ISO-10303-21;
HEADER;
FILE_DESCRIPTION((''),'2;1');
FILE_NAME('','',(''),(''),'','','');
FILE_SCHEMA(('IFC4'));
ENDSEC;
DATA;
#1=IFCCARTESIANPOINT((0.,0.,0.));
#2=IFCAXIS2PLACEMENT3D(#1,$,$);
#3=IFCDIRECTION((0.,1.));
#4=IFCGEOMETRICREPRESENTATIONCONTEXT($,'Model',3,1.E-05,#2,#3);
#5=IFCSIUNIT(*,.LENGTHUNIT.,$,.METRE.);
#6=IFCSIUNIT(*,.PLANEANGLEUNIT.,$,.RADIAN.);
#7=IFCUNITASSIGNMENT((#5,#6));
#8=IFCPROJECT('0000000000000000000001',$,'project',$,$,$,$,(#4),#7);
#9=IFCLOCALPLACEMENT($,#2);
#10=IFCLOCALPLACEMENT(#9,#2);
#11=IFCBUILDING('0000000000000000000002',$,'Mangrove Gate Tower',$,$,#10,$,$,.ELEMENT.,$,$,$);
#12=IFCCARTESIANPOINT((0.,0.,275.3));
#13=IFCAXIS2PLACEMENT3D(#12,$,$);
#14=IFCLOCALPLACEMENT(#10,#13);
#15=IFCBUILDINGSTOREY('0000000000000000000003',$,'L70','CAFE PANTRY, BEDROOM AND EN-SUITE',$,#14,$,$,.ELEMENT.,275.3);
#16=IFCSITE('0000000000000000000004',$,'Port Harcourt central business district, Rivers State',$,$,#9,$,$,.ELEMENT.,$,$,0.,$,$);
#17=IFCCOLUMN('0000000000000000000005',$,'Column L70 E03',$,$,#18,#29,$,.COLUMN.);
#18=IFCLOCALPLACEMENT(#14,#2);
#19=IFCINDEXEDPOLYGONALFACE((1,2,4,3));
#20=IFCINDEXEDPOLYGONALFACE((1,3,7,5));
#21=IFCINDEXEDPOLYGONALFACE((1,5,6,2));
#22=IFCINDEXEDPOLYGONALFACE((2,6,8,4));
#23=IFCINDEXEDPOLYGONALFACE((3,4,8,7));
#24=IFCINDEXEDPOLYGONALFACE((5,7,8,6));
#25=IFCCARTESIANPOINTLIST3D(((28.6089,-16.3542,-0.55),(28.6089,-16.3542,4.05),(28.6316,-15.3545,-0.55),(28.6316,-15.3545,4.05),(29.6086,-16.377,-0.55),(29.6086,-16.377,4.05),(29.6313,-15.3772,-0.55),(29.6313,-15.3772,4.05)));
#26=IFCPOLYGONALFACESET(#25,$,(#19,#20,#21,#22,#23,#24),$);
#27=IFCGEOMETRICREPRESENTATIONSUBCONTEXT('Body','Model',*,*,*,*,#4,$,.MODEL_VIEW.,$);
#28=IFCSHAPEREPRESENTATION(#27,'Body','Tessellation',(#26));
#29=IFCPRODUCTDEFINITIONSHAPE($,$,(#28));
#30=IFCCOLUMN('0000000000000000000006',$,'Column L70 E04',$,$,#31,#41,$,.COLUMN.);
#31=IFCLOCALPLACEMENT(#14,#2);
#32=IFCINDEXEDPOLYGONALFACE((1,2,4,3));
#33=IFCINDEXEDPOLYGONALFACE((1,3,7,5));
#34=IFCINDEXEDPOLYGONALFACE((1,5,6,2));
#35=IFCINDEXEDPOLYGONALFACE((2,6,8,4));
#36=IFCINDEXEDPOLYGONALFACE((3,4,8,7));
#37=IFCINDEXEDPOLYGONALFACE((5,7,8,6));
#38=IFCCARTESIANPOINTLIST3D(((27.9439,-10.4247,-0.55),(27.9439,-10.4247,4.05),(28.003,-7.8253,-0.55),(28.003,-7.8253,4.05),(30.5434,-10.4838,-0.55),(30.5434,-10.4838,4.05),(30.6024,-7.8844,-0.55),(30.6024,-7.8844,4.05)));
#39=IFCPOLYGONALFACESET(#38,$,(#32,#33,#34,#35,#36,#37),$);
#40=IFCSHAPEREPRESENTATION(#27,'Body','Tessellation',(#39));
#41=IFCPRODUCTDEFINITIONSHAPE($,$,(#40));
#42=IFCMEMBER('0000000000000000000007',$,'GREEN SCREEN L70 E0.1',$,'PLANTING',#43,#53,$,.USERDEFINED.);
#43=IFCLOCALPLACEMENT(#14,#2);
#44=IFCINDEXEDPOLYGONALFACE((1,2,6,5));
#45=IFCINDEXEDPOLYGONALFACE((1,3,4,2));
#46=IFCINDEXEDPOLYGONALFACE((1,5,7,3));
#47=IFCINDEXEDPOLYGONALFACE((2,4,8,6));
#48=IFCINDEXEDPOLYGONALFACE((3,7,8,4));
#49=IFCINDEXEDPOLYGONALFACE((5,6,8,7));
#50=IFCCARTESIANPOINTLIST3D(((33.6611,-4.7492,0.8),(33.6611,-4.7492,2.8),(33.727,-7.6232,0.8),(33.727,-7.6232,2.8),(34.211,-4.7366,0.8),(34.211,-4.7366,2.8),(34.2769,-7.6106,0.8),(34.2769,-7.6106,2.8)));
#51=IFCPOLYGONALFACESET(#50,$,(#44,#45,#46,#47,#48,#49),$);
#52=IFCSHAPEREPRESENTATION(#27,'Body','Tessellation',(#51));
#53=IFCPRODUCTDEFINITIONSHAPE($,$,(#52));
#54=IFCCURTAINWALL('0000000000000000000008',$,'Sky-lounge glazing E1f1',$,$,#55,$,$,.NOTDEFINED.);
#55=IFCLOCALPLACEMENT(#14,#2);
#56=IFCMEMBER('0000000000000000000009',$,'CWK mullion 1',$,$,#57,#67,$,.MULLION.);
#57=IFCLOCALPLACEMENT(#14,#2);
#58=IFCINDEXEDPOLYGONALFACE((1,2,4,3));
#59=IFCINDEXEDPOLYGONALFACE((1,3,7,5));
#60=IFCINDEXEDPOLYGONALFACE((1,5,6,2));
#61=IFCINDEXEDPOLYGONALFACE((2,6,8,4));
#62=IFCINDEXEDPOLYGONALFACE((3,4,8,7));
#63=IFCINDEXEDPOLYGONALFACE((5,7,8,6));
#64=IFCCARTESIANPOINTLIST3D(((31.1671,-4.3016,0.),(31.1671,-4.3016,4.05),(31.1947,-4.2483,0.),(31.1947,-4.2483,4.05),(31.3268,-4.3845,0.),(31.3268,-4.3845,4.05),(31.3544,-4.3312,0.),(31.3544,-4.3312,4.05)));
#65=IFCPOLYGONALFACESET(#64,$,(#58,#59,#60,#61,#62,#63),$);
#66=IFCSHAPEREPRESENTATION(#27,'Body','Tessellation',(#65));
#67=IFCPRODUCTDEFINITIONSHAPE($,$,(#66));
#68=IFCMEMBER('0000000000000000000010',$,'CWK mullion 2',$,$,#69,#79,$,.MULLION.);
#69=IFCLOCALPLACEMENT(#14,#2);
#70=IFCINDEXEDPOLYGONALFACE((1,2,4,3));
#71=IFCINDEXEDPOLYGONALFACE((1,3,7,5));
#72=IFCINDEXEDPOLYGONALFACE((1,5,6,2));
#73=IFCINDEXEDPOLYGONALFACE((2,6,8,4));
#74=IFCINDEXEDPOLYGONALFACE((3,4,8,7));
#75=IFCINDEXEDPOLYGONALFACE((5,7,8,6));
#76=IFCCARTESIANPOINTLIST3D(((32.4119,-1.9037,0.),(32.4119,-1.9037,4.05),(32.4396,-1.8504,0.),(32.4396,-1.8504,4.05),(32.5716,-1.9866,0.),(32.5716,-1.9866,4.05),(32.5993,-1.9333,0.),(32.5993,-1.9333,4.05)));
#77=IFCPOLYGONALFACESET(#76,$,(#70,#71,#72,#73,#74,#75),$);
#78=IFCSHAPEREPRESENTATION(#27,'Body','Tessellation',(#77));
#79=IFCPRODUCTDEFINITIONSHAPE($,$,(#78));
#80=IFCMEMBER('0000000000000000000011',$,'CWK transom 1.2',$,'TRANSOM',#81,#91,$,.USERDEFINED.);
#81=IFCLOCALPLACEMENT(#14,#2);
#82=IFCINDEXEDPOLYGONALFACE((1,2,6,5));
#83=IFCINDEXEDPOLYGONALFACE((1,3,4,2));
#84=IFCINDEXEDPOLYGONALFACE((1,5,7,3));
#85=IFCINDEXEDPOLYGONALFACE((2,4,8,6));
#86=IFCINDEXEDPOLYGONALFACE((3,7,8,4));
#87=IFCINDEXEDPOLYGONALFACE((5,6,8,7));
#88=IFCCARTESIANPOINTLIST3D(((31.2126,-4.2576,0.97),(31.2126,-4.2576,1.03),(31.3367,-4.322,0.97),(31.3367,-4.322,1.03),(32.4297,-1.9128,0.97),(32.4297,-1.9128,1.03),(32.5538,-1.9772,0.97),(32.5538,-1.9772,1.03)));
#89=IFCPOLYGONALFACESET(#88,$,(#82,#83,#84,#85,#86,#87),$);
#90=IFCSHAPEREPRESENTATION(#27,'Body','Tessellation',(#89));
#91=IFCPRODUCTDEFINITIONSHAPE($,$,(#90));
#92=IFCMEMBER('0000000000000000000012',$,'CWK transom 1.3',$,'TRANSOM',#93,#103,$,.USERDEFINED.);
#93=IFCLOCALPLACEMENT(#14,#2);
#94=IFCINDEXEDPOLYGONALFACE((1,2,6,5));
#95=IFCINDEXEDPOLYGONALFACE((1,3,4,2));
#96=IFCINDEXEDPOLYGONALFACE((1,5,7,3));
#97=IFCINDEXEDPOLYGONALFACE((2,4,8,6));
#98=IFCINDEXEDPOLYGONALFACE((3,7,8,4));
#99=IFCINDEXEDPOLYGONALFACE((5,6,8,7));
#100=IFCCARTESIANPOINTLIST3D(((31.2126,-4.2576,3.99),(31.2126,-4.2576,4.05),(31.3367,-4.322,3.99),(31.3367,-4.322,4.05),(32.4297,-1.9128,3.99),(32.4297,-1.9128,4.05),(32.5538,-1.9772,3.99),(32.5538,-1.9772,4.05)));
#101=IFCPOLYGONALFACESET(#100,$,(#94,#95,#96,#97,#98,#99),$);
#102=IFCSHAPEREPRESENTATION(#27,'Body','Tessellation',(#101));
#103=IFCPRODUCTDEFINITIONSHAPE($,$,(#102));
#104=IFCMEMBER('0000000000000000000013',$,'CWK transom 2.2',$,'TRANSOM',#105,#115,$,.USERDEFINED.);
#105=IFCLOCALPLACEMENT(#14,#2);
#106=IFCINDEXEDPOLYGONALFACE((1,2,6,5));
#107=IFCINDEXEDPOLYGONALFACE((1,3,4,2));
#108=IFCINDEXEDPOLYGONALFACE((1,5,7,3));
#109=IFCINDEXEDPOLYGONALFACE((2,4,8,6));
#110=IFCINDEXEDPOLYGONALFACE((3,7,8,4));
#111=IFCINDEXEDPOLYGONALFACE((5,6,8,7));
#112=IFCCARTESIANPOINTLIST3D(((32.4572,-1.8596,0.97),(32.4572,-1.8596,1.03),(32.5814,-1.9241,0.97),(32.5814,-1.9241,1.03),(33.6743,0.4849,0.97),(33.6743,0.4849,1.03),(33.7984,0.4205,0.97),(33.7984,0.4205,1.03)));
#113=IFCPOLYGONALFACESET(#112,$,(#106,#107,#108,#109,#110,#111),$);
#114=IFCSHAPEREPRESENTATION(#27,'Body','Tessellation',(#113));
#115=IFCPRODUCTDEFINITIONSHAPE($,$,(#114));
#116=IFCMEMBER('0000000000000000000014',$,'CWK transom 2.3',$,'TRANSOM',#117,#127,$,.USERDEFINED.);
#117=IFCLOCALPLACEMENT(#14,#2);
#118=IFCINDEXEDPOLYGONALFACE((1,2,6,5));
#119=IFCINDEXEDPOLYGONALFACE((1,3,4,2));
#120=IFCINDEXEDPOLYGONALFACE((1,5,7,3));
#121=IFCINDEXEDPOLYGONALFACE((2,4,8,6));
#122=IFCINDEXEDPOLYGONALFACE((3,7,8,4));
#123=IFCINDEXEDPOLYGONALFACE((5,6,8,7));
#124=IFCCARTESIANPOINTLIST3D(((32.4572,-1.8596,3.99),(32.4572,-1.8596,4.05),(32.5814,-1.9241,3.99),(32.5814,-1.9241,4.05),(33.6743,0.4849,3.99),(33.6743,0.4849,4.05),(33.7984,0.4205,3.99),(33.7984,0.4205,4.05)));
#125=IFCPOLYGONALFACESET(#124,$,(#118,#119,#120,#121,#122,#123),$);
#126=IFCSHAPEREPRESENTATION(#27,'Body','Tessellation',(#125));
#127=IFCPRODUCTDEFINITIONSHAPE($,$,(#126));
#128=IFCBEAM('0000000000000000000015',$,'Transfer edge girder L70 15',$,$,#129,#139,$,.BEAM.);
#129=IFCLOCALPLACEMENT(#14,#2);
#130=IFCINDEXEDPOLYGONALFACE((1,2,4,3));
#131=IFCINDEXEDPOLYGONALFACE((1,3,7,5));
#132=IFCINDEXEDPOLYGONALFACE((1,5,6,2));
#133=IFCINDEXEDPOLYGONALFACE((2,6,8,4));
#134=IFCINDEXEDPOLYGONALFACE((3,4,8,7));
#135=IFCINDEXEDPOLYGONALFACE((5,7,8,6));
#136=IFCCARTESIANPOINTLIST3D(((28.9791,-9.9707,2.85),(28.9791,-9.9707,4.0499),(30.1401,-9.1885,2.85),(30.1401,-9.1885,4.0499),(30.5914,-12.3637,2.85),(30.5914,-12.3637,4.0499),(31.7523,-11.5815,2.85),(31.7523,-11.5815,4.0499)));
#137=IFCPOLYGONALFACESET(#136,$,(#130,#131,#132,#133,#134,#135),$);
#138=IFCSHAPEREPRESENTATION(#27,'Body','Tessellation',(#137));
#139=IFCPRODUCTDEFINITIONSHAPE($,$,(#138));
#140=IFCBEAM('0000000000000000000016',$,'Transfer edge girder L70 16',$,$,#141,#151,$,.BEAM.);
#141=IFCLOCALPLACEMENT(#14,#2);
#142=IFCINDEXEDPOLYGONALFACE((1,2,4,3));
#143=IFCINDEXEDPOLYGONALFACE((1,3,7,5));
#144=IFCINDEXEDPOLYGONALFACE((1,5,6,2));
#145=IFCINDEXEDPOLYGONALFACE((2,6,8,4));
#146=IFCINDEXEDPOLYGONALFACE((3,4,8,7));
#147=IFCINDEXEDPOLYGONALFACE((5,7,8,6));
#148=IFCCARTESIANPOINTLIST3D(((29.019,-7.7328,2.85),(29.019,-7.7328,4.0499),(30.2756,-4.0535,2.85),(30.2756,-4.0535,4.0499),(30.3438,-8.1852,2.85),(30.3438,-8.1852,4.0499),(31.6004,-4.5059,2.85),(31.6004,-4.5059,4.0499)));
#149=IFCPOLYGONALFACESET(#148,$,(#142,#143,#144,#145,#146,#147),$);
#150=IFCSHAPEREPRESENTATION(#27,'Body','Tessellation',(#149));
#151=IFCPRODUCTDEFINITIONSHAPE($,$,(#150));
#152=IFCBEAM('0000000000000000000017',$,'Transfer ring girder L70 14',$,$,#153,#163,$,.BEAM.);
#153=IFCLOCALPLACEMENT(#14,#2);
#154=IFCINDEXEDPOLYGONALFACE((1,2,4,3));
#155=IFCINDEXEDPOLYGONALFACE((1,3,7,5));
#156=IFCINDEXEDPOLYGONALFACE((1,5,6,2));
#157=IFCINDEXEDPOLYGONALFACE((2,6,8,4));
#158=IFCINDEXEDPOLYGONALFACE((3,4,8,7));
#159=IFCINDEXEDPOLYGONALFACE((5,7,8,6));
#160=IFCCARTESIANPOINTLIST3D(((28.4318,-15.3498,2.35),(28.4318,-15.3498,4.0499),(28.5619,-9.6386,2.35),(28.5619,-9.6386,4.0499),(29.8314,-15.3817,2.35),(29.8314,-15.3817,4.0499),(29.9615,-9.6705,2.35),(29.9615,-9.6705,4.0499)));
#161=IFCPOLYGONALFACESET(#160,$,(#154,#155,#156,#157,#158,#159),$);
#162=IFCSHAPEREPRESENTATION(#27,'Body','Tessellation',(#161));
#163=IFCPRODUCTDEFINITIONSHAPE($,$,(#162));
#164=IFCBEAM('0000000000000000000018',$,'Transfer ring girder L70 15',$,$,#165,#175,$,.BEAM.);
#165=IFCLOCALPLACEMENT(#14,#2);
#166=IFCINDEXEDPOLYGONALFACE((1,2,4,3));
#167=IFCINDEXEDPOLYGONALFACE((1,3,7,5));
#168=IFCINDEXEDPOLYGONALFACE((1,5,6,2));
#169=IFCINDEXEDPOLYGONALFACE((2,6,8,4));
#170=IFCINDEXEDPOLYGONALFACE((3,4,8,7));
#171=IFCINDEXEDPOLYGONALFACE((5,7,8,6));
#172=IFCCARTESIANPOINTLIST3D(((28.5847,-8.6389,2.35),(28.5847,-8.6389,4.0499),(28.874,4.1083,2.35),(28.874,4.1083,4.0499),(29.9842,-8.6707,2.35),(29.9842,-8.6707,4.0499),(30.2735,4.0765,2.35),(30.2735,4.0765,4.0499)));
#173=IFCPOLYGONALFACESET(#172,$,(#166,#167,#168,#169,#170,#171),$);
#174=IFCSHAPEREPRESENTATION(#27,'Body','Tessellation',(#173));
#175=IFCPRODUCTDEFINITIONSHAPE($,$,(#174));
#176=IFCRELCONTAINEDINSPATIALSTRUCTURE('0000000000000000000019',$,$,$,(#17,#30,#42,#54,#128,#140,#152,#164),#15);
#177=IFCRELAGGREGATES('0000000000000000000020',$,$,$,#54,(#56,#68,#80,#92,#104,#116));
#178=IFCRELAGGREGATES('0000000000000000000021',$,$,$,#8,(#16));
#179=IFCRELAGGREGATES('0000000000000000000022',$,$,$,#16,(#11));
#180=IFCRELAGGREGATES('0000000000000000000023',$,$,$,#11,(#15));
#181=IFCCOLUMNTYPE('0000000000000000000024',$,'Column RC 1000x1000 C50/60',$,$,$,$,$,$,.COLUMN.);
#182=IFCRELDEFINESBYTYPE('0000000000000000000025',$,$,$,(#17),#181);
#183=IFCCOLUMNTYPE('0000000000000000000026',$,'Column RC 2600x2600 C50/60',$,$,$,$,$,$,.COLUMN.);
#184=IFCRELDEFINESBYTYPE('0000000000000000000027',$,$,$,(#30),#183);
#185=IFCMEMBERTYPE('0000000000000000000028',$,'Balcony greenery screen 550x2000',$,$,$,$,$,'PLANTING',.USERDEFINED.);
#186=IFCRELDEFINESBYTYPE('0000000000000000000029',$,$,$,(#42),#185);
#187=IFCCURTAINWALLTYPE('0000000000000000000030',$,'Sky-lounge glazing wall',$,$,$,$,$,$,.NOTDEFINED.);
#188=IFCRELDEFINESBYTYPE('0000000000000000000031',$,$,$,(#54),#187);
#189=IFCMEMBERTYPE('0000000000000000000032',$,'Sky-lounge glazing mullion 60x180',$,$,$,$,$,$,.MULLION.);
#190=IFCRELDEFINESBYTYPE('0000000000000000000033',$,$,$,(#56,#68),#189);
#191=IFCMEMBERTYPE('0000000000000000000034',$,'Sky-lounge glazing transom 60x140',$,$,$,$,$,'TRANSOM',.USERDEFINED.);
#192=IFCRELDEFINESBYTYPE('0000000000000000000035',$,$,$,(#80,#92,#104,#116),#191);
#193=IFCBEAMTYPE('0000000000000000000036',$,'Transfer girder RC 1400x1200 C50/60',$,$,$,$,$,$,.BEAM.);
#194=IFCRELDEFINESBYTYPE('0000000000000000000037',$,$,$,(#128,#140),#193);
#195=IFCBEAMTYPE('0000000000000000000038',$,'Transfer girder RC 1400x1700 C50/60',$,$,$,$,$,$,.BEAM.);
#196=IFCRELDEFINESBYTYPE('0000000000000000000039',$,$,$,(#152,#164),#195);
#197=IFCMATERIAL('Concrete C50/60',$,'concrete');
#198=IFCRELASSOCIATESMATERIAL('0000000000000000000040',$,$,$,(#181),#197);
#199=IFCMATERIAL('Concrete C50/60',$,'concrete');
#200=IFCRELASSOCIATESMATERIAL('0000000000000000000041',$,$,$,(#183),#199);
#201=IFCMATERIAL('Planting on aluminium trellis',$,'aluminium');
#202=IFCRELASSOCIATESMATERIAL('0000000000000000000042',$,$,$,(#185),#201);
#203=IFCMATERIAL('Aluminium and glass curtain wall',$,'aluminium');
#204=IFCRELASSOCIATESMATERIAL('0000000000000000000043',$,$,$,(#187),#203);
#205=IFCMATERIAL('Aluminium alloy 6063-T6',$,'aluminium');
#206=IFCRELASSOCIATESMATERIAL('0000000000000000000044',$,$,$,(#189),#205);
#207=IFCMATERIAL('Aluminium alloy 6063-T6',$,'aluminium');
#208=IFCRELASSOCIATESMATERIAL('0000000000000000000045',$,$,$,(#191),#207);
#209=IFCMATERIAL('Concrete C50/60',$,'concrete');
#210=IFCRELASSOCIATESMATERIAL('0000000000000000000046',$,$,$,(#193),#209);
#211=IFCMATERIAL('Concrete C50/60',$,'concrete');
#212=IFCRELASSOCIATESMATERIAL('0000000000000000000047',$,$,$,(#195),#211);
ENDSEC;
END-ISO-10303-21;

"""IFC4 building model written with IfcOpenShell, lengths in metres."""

from ifc_helpers import new_model, si_unit, direction, frame, origin, origin_2d, place, context, subcontext, project, spatial, rectangle, extrude, material, material_profile, profile_set, type_object, element, aggregate, save


model = new_model("IFC4")

# Units and contexts
model_context = context("Model", 3, precision=1e-05, world=origin(), true_north=direction((0.0, 1.0)))
body_context = subcontext(model_context, "Body", "Model", "MODEL_VIEW")
ifc_project = project(units=[si_unit("LENGTHUNIT", "METRE"), si_unit("PLANEANGLEUNIT", "RADIAN")], contexts=[model_context])

# Site, building, storey
site_placement = place(None, origin())
site = spatial("IfcSite", under=ifc_project, at=site_placement, Name="Port Harcourt central business district, Rivers State", CompositionType="ELEMENT", RefElevation=0.0)
building_placement = place(site_placement, origin())
building = spatial("IfcBuilding", under=site, at=building_placement, Name="Mangrove Gate Tower", CompositionType="ELEMENT")
storey_placement = place(building_placement, frame((0.0, 0.0, 275.3)))
storey = spatial("IfcBuildingStorey", under=building, at=storey_placement, Name="L70", Description="CAFE PANTRY, BEDROOM AND EN-SUITE", CompositionType="ELEMENT", Elevation=275.3)

# Columns
ifc_material_1 = material(Name="Concrete C50/60", Category="concrete")
ifc_material_profile_1 = material_profile(ifc_material_1, rectangle(XDim=1.0, YDim=1.0, at=origin_2d()))
ifc_profile_set_1 = profile_set([ifc_material_profile_1], Name="Concrete C50/60")
column_type_1 = type_object("IfcColumnType", Name="Column RC 1000x1000 C50/60", PredefinedType="COLUMN", material=ifc_profile_set_1)
column_1_placement = place(storey_placement, frame((29.1201, -15.8657, -0.55), z_axis=(0.0, 0.0, 1.0), x_axis=(0.022718, 0.999742, 0.0)))
element("IfcColumn", 1, at=column_1_placement, inside=storey, type_object=column_type_1, Name="Column L70 E03", PredefinedType="COLUMN", context=body_context, shape_type="SweptSolid", body=[
    extrude(rectangle(XDim=1.0, YDim=1.0, at=origin_2d()), origin(), (0.0, 0.0, 1.0), 4.6001),
])
ifc_material_2 = material(Name="Concrete C50/60", Category="concrete")
ifc_material_profile_2 = material_profile(ifc_material_2, rectangle(XDim=2.6001, YDim=2.6001, at=origin_2d()))
ifc_profile_set_2 = profile_set([ifc_material_profile_2], Name="Concrete C50/60")
column_type_2 = type_object("IfcColumnType", Name="Column RC 2600x2600 C50/60", PredefinedType="COLUMN", material=ifc_profile_set_2)
column_2_placement = place(storey_placement, frame((29.2732, -9.1545, -0.55), z_axis=(0.0, 0.0, 1.0), x_axis=(0.022724, 0.999742, 0.0)))
element("IfcColumn", 2, at=column_2_placement, inside=storey, type_object=column_type_2, Name="Column L70 E04", PredefinedType="COLUMN", context=body_context, shape_type="SweptSolid", body=[
    extrude(rectangle(XDim=2.6001, YDim=2.6001, at=origin_2d()), origin(), (0.0, 0.0, 1.0), 4.6001),
])

# Member
ifc_material_3 = material(Name="Planting on aluminium trellis", Category="aluminium")
ifc_material_profile_3 = material_profile(ifc_material_3, rectangle(XDim=0.55, YDim=2.0, at=origin_2d()))
ifc_profile_set_3 = profile_set([ifc_material_profile_3], Name="Planting on aluminium trellis")
member_type_1 = type_object("IfcMemberType", Name="Balcony greenery screen 550x2000", ElementType="PLANTING", PredefinedType="USERDEFINED", material=ifc_profile_set_3)
member_1_placement = place(storey_placement, frame((34.002, -7.6169, 1.8), z_axis=(-0.02293, 0.999737, 0.0), x_axis=(-0.999737, -0.02293, 0.0)))
element("IfcMember", 3, at=member_1_placement, inside=storey, type_object=member_type_1, Name="GREEN SCREEN L70 E0.1", ObjectType="PLANTING", PredefinedType="USERDEFINED", context=body_context, shape_type="SweptSolid", body=[
    extrude(rectangle(XDim=0.55, YDim=2.0, at=origin_2d()), origin(), (0.0, 0.0, 1.0), 2.8748),
])

# Curtain wall, members
ifc_material_4 = material(Name="Aluminium and glass curtain wall", Category="aluminium")
curtain_wall_type = type_object("IfcCurtainWallType", Name="Sky-lounge glazing wall", PredefinedType="NOTDEFINED", material=ifc_material_4)
curtain_wall_placement = place(storey_placement, origin())
curtain_wall = element("IfcCurtainWall", 4, at=curtain_wall_placement, inside=storey, type_object=curtain_wall_type, Name="Sky-lounge glazing E1f1", PredefinedType="NOTDEFINED")
ifc_material_5 = material(Name="Aluminium alloy 6063-T6", Category="aluminium")
ifc_material_profile_4 = material_profile(ifc_material_5, rectangle(XDim=0.0601, YDim=0.1799, at=origin_2d()))
ifc_profile_set_4 = profile_set([ifc_material_profile_4], Name="Aluminium alloy 6063-T6")
member_type_2 = type_object("IfcMemberType", Name="Sky-lounge glazing mullion 60x180", PredefinedType="MULLION", material=ifc_profile_set_4)
member_2_placement = place(storey_placement, frame((31.2607, -4.3164, 0.0), z_axis=(0.0, 0.0, 1.0), x_axis=(0.460707, 0.887552, 0.0)))
member_2 = element("IfcMember", 5, at=member_2_placement, type_object=member_type_2, Name="CWK mullion 1", PredefinedType="MULLION", context=body_context, shape_type="SweptSolid", body=[
    extrude(rectangle(XDim=0.0601, YDim=0.1799, at=origin_2d()), origin(), (0.0, 0.0, 1.0), 4.05),
])
member_3_placement = place(storey_placement, frame((32.5056, -1.9185, 0.0), z_axis=(0.0, 0.0, 1.0), x_axis=(0.460707, 0.887552, 0.0)))
member_3 = element("IfcMember", 6, at=member_3_placement, type_object=member_type_2, Name="CWK mullion 2", PredefinedType="MULLION", context=body_context, shape_type="SweptSolid", body=[
    extrude(rectangle(XDim=0.0601, YDim=0.1799, at=origin_2d()), origin(), (0.0, 0.0, 1.0), 4.05),
])
ifc_material_6 = material(Name="Aluminium alloy 6063-T6", Category="aluminium")
ifc_material_profile_5 = material_profile(ifc_material_6, rectangle(XDim=0.0601, YDim=0.1399, at=origin_2d()))
ifc_profile_set_5 = profile_set([ifc_material_profile_5], Name="Aluminium alloy 6063-T6")
member_type_3 = type_object("IfcMemberType", Name="Sky-lounge glazing transom 60x140", ElementType="TRANSOM", PredefinedType="USERDEFINED", material=ifc_profile_set_5)
member_4_placement = place(storey_placement, frame((31.2747, -4.2898, 1.0), z_axis=(0.460692, 0.88756, 0.0), x_axis=(0.0, 0.0, 1.0)))
member_4 = element("IfcMember", 7, at=member_4_placement, type_object=member_type_3, Name="CWK transom 1.2", ObjectType="TRANSOM", PredefinedType="USERDEFINED", context=body_context, shape_type="SweptSolid", body=[
    extrude(rectangle(XDim=0.0601, YDim=0.1399, at=origin_2d()), origin(), (0.0, 0.0, 1.0), 2.6418),
])
member_5_placement = place(storey_placement, frame((31.2747, -4.2898, 4.02), z_axis=(0.460692, 0.88756, 0.0), x_axis=(0.0, 0.0, 1.0)))
member_5 = element("IfcMember", 8, at=member_5_placement, type_object=member_type_3, Name="CWK transom 1.3", ObjectType="TRANSOM", PredefinedType="USERDEFINED", context=body_context, shape_type="SweptSolid", body=[
    extrude(rectangle(XDim=0.0601, YDim=0.1399, at=origin_2d()), origin(), (0.0, 0.0, 1.0), 2.6418),
])
member_6_placement = place(storey_placement, frame((32.5193, -1.8918, 1.0), z_axis=(0.46073, 0.88754, 0.0), x_axis=(0.0, 0.0, 1.0)))
member_6 = element("IfcMember", 9, at=member_6_placement, type_object=member_type_3, Name="CWK transom 2.2", ObjectType="TRANSOM", PredefinedType="USERDEFINED", context=body_context, shape_type="SweptSolid", body=[
    extrude(rectangle(XDim=0.0601, YDim=0.1399, at=origin_2d()), origin(), (0.0, 0.0, 1.0), 2.6416),
])
member_7_placement = place(storey_placement, frame((32.5193, -1.8918, 4.02), z_axis=(0.46073, 0.88754, 0.0), x_axis=(0.0, 0.0, 1.0)))
member_7 = element("IfcMember", 10, at=member_7_placement, type_object=member_type_3, Name="CWK transom 2.3", ObjectType="TRANSOM", PredefinedType="USERDEFINED", context=body_context, shape_type="SweptSolid", body=[
    extrude(rectangle(XDim=0.0601, YDim=0.1399, at=origin_2d()), origin(), (0.0, 0.0, 1.0), 2.6416),
])

# Beams
ifc_material_7 = material(Name="Concrete C50/60", Category="concrete")
ifc_material_profile_6 = material_profile(ifc_material_7, rectangle(XDim=1.3999, YDim=1.2, at=origin_2d()))
ifc_profile_set_6 = profile_set([ifc_material_profile_6], Name="Concrete C50/60")
beam_type_1 = type_object("IfcBeamType", Name="Transfer girder RC 1400x1200 C50/60", PredefinedType="BEAM", material=ifc_profile_set_6)
beam_1_placement = place(storey_placement, frame((29.5596, -9.5796, 3.45), z_axis=(0.558755, -0.829333, 0.0), x_axis=(0.829333, 0.558755, 0.0)))
element("IfcBeam", 11, at=beam_1_placement, inside=storey, type_object=beam_type_1, Name="Transfer edge girder L70 15", PredefinedType="BEAM", context=body_context, shape_type="SweptSolid", body=[
    extrude(rectangle(XDim=1.3999, YDim=1.2, at=origin_2d()), origin(), (0.0, 0.0, 1.0), 2.8855),
])
beam_2_placement = place(storey_placement, frame((29.6814, -7.959, 3.45), z_axis=(0.323208, 0.946328, 0.0), x_axis=(-0.946328, 0.323208, 0.0)))
element("IfcBeam", 12, at=beam_2_placement, inside=storey, type_object=beam_type_1, Name="Transfer edge girder L70 16", PredefinedType="BEAM", context=body_context, shape_type="SweptSolid", body=[
    extrude(rectangle(XDim=1.3999, YDim=1.2, at=origin_2d()), origin(), (0.0, 0.0, 1.0), 3.8879),
])
ifc_material_8 = material(Name="Concrete C50/60", Category="concrete")
ifc_material_profile_7 = material_profile(ifc_material_8, rectangle(XDim=1.3999, YDim=1.7, at=origin_2d()))
ifc_profile_set_7 = profile_set([ifc_material_profile_7], Name="Concrete C50/60")
beam_type_2 = type_object("IfcBeamType", Name="Transfer girder RC 1400x1700 C50/60", PredefinedType="BEAM", material=ifc_profile_set_7)
beam_3_placement = place(storey_placement, frame((29.1316, -15.3657, 3.2), z_axis=(0.022779, 0.999741, 0.0), x_axis=(-0.999741, 0.022779, 0.0)))
element("IfcBeam", 13, at=beam_3_placement, inside=storey, type_object=beam_type_2, Name="Transfer ring girder L70 14", PredefinedType="BEAM", context=body_context, shape_type="SweptSolid", body=[
    extrude(rectangle(XDim=1.3999, YDim=1.7, at=origin_2d()), origin(), (0.0, 0.0, 1.0), 5.7126),
])
beam_4_placement = place(storey_placement, frame((29.2844, -8.6548, 3.2), z_axis=(0.02269, 0.999743, 0.0), x_axis=(-0.999743, 0.02269, 0.0)))
element("IfcBeam", 14, at=beam_4_placement, inside=storey, type_object=beam_type_2, Name="Transfer ring girder L70 15", PredefinedType="BEAM", context=body_context, shape_type="SweptSolid", body=[
    extrude(rectangle(XDim=1.3999, YDim=1.7, at=origin_2d()), origin(), (0.0, 0.0, 1.0), 12.7505),
])

aggregate(curtain_wall, [member_2, member_3, member_4, member_5, member_6, member_7])

save(model, "model.ifc")
